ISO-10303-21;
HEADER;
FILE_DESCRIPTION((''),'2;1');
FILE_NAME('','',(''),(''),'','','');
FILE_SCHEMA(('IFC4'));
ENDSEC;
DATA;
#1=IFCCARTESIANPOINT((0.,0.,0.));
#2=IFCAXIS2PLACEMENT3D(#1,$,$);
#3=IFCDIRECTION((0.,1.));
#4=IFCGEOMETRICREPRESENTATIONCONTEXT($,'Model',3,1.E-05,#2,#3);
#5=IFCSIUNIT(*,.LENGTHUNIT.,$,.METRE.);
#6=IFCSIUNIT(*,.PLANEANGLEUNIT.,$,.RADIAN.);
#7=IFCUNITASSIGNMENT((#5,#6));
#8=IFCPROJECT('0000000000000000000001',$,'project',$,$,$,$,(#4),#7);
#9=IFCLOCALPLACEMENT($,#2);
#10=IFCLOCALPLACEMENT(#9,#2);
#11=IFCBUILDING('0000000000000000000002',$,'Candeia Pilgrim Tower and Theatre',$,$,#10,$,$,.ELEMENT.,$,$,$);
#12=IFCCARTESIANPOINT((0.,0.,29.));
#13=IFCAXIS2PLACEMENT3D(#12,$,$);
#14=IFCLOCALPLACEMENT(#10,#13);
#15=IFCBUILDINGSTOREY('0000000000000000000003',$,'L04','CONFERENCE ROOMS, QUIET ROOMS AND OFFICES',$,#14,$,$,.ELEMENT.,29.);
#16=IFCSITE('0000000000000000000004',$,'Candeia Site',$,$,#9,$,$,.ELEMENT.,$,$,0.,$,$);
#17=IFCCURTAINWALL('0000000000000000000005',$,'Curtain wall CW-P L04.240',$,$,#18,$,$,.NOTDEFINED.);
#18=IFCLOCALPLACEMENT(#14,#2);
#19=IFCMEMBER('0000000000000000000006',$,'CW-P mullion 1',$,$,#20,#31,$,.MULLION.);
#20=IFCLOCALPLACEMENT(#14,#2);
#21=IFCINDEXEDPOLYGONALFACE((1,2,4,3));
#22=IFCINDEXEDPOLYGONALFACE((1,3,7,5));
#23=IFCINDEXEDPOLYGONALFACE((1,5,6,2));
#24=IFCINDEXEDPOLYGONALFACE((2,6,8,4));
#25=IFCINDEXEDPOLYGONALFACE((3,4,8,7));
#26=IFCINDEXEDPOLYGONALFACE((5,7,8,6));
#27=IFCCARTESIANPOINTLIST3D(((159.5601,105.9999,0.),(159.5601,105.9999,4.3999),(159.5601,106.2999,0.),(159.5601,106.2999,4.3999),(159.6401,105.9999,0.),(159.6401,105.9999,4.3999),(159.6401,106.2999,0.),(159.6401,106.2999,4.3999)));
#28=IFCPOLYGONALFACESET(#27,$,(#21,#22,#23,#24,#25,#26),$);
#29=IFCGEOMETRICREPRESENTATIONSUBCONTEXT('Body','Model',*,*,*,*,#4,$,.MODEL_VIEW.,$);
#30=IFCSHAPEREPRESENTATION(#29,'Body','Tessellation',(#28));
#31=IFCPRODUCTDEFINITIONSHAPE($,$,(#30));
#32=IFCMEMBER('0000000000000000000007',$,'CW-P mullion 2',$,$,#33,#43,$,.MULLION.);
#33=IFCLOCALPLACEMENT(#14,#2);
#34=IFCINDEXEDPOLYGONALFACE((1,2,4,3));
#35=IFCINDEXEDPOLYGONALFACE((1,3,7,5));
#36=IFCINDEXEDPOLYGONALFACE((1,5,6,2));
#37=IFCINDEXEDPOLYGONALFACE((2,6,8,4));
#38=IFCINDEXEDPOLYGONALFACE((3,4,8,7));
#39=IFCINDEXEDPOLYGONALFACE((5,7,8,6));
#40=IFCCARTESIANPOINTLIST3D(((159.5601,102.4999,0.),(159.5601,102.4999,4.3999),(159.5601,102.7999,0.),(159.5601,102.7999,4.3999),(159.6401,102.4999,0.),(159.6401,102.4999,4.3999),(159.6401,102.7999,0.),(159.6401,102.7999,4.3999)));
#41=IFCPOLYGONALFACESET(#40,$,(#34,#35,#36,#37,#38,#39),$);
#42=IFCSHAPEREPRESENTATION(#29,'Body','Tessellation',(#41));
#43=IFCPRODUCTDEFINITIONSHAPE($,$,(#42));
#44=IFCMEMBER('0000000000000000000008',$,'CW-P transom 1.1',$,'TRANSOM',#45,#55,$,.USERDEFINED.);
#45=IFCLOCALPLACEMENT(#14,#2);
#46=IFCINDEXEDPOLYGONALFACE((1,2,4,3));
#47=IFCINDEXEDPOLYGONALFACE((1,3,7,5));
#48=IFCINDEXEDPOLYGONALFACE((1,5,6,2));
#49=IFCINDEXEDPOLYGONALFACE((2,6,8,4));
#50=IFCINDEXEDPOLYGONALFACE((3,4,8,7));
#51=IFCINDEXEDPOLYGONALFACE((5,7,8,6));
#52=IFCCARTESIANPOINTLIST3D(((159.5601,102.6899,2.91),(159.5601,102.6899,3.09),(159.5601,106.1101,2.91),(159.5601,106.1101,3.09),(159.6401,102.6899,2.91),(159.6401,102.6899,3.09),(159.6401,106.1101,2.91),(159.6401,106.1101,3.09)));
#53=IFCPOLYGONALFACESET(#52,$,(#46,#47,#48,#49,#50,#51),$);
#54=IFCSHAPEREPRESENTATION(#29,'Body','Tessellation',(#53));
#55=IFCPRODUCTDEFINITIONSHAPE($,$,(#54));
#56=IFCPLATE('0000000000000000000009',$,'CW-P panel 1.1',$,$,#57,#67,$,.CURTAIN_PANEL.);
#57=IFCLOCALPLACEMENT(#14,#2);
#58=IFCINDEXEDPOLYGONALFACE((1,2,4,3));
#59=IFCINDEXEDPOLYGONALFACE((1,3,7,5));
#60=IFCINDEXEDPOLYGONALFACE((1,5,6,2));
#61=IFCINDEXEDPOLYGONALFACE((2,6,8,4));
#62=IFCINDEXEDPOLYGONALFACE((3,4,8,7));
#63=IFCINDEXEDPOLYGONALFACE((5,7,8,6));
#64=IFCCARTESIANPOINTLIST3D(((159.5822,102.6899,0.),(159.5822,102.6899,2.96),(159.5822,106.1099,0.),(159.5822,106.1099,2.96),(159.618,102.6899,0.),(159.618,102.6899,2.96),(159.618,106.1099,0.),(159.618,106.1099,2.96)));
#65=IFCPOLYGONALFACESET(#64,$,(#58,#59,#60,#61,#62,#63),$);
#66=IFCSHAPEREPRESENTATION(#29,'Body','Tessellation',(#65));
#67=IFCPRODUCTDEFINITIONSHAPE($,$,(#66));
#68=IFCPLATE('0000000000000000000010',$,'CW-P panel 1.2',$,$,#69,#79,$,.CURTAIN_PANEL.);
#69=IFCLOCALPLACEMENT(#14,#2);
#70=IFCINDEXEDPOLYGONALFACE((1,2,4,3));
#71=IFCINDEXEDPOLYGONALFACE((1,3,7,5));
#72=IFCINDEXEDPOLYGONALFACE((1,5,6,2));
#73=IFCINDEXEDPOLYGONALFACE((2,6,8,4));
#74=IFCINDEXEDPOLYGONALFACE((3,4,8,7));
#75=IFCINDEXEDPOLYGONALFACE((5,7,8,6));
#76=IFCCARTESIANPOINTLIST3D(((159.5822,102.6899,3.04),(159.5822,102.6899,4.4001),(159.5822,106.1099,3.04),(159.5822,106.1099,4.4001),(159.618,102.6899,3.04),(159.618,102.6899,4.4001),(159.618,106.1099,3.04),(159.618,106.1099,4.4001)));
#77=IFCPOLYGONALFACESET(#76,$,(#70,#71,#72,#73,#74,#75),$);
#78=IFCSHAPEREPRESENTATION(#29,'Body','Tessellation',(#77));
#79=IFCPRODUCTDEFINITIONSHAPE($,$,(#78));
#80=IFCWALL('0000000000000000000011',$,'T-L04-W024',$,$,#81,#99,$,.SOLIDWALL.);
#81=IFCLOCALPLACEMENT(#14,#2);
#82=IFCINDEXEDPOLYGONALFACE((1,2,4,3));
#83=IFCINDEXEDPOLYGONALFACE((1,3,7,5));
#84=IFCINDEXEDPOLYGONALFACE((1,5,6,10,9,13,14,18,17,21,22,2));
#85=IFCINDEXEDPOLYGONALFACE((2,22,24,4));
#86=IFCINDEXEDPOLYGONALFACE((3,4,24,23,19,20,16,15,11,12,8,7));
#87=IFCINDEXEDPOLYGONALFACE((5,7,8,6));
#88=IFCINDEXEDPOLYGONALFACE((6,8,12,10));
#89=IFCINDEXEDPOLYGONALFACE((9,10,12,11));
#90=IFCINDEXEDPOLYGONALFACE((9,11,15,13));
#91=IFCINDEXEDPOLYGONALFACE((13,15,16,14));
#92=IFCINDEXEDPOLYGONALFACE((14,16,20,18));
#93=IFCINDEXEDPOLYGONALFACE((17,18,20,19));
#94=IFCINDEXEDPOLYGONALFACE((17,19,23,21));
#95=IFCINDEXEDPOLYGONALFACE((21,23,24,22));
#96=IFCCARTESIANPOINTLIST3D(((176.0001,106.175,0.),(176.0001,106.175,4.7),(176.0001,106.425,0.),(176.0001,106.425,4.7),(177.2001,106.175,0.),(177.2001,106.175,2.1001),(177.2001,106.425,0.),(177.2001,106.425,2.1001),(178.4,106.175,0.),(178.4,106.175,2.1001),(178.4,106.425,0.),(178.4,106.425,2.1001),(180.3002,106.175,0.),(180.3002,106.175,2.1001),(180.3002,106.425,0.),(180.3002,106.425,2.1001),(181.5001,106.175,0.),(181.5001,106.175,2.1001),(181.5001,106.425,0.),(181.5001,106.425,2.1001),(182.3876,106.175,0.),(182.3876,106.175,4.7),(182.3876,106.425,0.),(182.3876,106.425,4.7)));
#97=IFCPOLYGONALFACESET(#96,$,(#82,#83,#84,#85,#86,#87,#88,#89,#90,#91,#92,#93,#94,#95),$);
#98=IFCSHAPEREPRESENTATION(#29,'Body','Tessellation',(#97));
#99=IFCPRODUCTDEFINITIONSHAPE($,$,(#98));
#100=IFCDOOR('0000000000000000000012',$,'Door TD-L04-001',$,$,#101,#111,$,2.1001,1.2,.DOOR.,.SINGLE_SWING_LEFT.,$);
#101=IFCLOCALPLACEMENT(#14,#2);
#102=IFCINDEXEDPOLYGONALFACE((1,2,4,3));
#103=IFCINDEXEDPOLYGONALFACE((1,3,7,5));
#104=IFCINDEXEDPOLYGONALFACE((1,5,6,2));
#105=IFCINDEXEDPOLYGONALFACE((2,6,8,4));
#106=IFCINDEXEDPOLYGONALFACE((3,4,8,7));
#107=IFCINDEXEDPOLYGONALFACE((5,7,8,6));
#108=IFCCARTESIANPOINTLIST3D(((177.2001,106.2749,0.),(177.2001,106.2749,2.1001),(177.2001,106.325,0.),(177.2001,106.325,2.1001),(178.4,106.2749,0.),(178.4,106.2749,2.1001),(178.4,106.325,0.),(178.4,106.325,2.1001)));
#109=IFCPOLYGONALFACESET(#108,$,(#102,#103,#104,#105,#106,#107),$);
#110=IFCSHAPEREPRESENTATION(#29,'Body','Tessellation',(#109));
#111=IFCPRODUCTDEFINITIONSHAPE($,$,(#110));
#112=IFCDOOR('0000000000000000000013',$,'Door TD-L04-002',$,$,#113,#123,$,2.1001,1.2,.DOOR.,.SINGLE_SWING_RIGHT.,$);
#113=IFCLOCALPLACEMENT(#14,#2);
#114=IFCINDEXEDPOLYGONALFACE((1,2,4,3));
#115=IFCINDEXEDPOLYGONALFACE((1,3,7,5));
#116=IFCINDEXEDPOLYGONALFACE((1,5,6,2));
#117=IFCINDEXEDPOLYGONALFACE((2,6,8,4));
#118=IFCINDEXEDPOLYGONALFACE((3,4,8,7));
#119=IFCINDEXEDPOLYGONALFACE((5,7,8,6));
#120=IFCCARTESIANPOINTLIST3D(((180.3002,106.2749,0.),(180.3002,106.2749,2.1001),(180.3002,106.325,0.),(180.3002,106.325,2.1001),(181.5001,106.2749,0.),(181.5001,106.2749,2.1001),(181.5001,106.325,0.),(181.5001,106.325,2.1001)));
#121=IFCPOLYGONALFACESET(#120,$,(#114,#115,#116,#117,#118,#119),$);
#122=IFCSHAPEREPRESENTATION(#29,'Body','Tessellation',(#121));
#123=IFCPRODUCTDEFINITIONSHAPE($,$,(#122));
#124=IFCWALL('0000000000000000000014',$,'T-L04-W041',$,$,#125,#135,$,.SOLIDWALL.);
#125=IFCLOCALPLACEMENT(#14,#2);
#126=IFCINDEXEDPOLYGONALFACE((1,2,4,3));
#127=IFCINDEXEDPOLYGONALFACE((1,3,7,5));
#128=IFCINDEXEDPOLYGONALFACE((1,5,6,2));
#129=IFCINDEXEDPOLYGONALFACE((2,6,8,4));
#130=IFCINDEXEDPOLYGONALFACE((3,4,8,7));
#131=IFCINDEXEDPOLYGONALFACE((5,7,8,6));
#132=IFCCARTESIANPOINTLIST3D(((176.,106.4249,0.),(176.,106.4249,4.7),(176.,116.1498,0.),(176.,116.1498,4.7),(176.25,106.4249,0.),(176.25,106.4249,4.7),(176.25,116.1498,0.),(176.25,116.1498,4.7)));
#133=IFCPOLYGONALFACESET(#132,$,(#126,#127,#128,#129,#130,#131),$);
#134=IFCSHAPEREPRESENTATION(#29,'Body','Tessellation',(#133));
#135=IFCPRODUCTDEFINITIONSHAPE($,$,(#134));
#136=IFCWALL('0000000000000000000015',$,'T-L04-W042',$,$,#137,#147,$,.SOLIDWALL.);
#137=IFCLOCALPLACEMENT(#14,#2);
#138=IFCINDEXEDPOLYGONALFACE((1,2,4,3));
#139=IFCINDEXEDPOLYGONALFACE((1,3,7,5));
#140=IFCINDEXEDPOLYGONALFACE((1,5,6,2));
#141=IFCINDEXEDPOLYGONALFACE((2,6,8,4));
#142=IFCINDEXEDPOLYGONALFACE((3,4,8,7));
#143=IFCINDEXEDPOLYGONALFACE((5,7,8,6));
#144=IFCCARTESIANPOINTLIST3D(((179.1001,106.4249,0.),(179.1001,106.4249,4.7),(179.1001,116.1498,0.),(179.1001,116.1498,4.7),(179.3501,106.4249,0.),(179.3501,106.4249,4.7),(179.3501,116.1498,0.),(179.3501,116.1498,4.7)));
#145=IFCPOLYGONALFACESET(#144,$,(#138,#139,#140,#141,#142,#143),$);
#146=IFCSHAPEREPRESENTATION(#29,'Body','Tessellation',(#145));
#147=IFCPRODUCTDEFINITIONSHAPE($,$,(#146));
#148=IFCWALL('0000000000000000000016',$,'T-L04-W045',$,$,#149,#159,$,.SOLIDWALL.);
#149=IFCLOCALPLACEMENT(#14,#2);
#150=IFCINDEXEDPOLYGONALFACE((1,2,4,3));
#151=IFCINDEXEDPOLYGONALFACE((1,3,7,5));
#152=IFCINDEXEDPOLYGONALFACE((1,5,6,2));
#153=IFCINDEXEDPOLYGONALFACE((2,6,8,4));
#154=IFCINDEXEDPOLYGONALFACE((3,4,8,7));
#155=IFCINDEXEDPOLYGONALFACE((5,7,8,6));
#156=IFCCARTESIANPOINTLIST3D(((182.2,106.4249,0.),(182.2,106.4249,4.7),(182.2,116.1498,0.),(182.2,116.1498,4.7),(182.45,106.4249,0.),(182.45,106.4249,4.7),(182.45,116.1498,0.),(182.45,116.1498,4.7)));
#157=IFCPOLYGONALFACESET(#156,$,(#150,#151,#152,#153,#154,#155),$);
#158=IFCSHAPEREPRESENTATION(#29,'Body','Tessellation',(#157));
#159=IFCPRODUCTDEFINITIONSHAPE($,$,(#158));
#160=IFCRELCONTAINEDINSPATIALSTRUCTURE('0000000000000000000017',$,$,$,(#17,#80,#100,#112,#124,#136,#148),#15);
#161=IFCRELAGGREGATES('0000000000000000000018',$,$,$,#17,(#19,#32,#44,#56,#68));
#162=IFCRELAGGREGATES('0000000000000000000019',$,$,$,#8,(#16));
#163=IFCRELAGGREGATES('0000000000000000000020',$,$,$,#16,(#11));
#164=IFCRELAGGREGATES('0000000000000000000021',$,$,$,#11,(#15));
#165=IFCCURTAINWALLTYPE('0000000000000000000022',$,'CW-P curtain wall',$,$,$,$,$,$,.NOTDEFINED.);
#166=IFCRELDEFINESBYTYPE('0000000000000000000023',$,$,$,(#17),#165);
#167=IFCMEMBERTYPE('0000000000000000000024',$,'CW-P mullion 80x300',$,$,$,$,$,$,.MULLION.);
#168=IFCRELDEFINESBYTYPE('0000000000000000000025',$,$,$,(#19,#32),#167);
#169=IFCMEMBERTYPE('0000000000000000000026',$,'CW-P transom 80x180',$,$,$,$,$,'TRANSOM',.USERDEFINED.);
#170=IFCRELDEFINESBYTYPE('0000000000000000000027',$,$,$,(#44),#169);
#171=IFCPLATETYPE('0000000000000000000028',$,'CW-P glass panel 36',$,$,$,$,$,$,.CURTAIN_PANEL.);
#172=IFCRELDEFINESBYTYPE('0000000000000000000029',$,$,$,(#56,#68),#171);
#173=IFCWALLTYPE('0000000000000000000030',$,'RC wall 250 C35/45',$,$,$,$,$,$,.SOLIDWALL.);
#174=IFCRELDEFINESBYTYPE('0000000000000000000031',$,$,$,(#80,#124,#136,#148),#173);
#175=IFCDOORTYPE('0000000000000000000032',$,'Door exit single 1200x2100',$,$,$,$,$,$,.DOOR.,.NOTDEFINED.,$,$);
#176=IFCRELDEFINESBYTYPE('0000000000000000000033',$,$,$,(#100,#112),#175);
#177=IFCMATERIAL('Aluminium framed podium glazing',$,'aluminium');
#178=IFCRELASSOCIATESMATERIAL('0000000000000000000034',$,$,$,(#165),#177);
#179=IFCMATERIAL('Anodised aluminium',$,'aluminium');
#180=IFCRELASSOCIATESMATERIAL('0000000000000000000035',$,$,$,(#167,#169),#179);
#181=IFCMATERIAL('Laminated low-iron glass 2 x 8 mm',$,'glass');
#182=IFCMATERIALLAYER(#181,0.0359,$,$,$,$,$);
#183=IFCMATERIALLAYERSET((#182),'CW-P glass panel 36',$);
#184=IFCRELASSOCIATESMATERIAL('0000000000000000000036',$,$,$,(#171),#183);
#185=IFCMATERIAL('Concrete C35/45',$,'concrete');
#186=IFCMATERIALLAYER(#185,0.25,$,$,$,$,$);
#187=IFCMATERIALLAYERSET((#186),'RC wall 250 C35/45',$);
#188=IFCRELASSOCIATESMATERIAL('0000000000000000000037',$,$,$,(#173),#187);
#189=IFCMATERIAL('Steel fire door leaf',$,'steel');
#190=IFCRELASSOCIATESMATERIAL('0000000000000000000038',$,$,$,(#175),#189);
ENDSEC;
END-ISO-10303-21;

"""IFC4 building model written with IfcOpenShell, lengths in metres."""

from ifc_helpers import new_model, si_unit, direction, frame, frame_2d, origin, origin_2d, place, context, subcontext, project, spatial, rectangle, extrude, material, layer, layer_set, material_profile, profile_set, type_object, element, fill, aggregate, save


model = new_model("IFC4")

# Units and contexts
model_context = context("Model", 3, precision=1e-05, world=origin(), true_north=direction((0.0, 1.0)))
body_context = subcontext(model_context, "Body", "Model", "MODEL_VIEW")
ifc_project = project(units=[si_unit("LENGTHUNIT", "METRE"), si_unit("PLANEANGLEUNIT", "RADIAN")], contexts=[model_context])

# Site, building, storey
site_placement = place(None, origin())
site = spatial("IfcSite", under=ifc_project, at=site_placement, Name="Candeia Site", CompositionType="ELEMENT", RefElevation=0.0)
building_placement = place(site_placement, origin())
building = spatial("IfcBuilding", under=site, at=building_placement, Name="Candeia Pilgrim Tower and Theatre", CompositionType="ELEMENT")
storey_placement = place(building_placement, frame((0.0, 0.0, 29.0)))
storey = spatial("IfcBuildingStorey", under=building, at=storey_placement, Name="L04", Description="CONFERENCE ROOMS, QUIET ROOMS AND OFFICES", CompositionType="ELEMENT", Elevation=29.0)

# Curtain wall, members, plates
ifc_material_1 = material(Name="Aluminium framed podium glazing", Category="aluminium")
curtain_wall_type = type_object("IfcCurtainWallType", Name="CW-P curtain wall", PredefinedType="NOTDEFINED", material=ifc_material_1)
curtain_wall_placement = place(storey_placement, origin())
curtain_wall = element("IfcCurtainWall", 1, at=curtain_wall_placement, inside=storey, type_object=curtain_wall_type, Name="Curtain wall CW-P L04.240", PredefinedType="NOTDEFINED")
ifc_material_2 = material(Name="Anodised aluminium", Category="aluminium")
ifc_material_profile_1 = material_profile(ifc_material_2, rectangle(XDim=0.0801, YDim=0.3, at=origin_2d()))
ifc_profile_set_1 = profile_set([ifc_material_profile_1], Name="Anodised aluminium")
member_type_1 = type_object("IfcMemberType", Name="CW-P mullion 80x300", PredefinedType="MULLION", material=ifc_profile_set_1)
member_1_placement = place(storey_placement, frame((159.6001, 106.1499, 0.0), z_axis=(0.0, 0.0, 1.0), x_axis=(1.0, 0.0, 0.0)))
member_1 = element("IfcMember", 2, at=member_1_placement, type_object=member_type_1, Name="CW-P mullion 1", PredefinedType="MULLION", context=body_context, shape_type="SweptSolid", body=[
    extrude(rectangle(XDim=0.0801, YDim=0.3, at=origin_2d()), origin(), (0.0, 0.0, 1.0), 4.3999),
])
member_2_placement = place(storey_placement, frame((159.6001, 102.6499, 0.0), z_axis=(0.0, 0.0, 1.0), x_axis=(1.0, 0.0, 0.0)))
member_2 = element("IfcMember", 3, at=member_2_placement, type_object=member_type_1, Name="CW-P mullion 2", PredefinedType="MULLION", context=body_context, shape_type="SweptSolid", body=[
    extrude(rectangle(XDim=0.0801, YDim=0.3, at=origin_2d()), origin(), (0.0, 0.0, 1.0), 4.3999),
])
ifc_material_profile_2 = material_profile(ifc_material_2, rectangle(XDim=0.0801, YDim=0.1799, at=origin_2d()))
ifc_profile_set_2 = profile_set([ifc_material_profile_2], Name="Anodised aluminium")
member_type_2 = type_object("IfcMemberType", Name="CW-P transom 80x180", ElementType="TRANSOM", PredefinedType="USERDEFINED", material=ifc_profile_set_2)
member_3_placement = place(storey_placement, frame((159.6001, 106.1101, 3.0), z_axis=(0.0, -1.0, 0.0), x_axis=(1.0, 0.0, 0.0)))
member_3 = element("IfcMember", 4, at=member_3_placement, type_object=member_type_2, Name="CW-P transom 1.1", ObjectType="TRANSOM", PredefinedType="USERDEFINED", context=body_context, shape_type="SweptSolid", body=[
    extrude(rectangle(XDim=0.0801, YDim=0.1799, at=origin_2d()), origin(), (0.0, 0.0, 1.0), 3.4202),
])
ifc_material_3 = material(Name="Laminated low-iron glass 2 x 8 mm", Category="glass")
ifc_layer_1 = layer(ifc_material_3, 0.0359)
ifc_layer_set_1 = layer_set([ifc_layer_1], Name="CW-P glass panel 36")
plate_type = type_object("IfcPlateType", Name="CW-P glass panel 36", PredefinedType="CURTAIN_PANEL", material=ifc_layer_set_1)
plate_1_placement = place(storey_placement, frame((159.6001, 104.3999, 0.0), z_axis=(0.0, 0.0, 1.0), x_axis=(0.0, -1.0, 0.0)))
plate_1 = element("IfcPlate", 5, at=plate_1_placement, type_object=plate_type, Name="CW-P panel 1.1", PredefinedType="CURTAIN_PANEL", context=body_context, shape_type="SweptSolid", body=[
    extrude(rectangle(XDim=3.4199, YDim=0.0359, at=origin_2d()), origin(), (0.0, 0.0, 1.0), 2.96),
])
plate_2_placement = place(storey_placement, frame((159.6001, 104.3999, 3.04), z_axis=(0.0, 0.0, 1.0), x_axis=(0.0, -1.0, 0.0)))
plate_2 = element("IfcPlate", 6, at=plate_2_placement, type_object=plate_type, Name="CW-P panel 1.2", PredefinedType="CURTAIN_PANEL", context=body_context, shape_type="SweptSolid", body=[
    extrude(rectangle(XDim=3.4199, YDim=0.0359, at=origin_2d()), origin(), (0.0, 0.0, 1.0), 1.3601),
])
aggregate(curtain_wall, [member_1, member_2, member_3, plate_1, plate_2])

# Wall, openings, doors
ifc_material_4 = material(Name="Concrete C35/45", Category="concrete")
ifc_layer_2 = layer(ifc_material_4, 0.25)
ifc_layer_set_2 = layer_set([ifc_layer_2], Name="RC wall 250 C35/45")
wall_type = type_object("IfcWallType", Name="RC wall 250 C35/45", PredefinedType="SOLIDWALL", material=ifc_layer_set_2)
wall_placement = place(storey_placement, frame((176.0, 106.3, 0.0), z_axis=(0.0, 0.0, 1.0), x_axis=(1.0, 0.0, 0.0)))
wall = element("IfcWall", 7, at=wall_placement, inside=storey, type_object=wall_type, Name="T-L04-W024", PredefinedType="SOLIDWALL", context=body_context, shape_type="SweptSolid", body=[
    extrude(rectangle(XDim=6.3875, YDim=0.25, at=frame_2d((3.1938, 0.0))), origin(), (0.0, 0.0, 1.0), 4.7),
])
opening_1_placement = place(wall_placement, frame((1.2, 0.0, 0.0)))
opening_1 = element("IfcOpeningElement", 8, at=opening_1_placement, cuts=wall, PredefinedType="OPENING", context=body_context, shape_type="SweptSolid", body=[
    extrude(rectangle(XDim=1.2, YDim=2.1001, at=frame_2d((0.6001, 1.05))), frame((0.0, 0.135, 0.0), z_axis=(0.0, -1.0, 0.0), x_axis=(1.0, 0.0, 0.0)), (0.0, 0.0, 1.0), 0.27),
])
opening_2_placement = place(wall_placement, frame((4.3, 0.0, 0.0)))
opening_2 = element("IfcOpeningElement", 9, at=opening_2_placement, cuts=wall, PredefinedType="OPENING", context=body_context, shape_type="SweptSolid", body=[
    extrude(rectangle(XDim=1.2, YDim=2.1001, at=frame_2d((0.6001, 1.05))), frame((0.0, 0.135, 0.0), z_axis=(0.0, -1.0, 0.0), x_axis=(1.0, 0.0, 0.0)), (0.0, 0.0, 1.0), 0.27),
])
ifc_material_5 = material(Name="Steel fire door leaf", Category="steel")
door_type = type_object("IfcDoorType", Name="Door exit single 1200x2100", OperationType="NOTDEFINED", PredefinedType="DOOR", material=ifc_material_5)
door_1_placement = place(opening_1_placement, origin())
door_1 = element("IfcDoor", 10, at=door_1_placement, inside=storey, type_object=door_type, Name="Door TD-L04-001", OperationType="SINGLE_SWING_LEFT", OverallHeight=2.1001, OverallWidth=1.2, PredefinedType="DOOR", context=body_context, shape_type="SweptSolid", body=[
    extrude(rectangle(XDim=1.2, YDim=2.1001, at=frame_2d((0.6001, 1.05))), frame((0.0, 0.0249, 0.0), z_axis=(0.0, -1.0, 0.0), x_axis=(1.0, 0.0, 0.0)), (0.0, 0.0, 1.0), 0.05),
])
fill(opening_1, door_1)
door_2_placement = place(opening_2_placement, origin())
door_2 = element("IfcDoor", 11, at=door_2_placement, inside=storey, type_object=door_type, Name="Door TD-L04-002", OperationType="SINGLE_SWING_RIGHT", OverallHeight=2.1001, OverallWidth=1.2, PredefinedType="DOOR", context=body_context, shape_type="SweptSolid", body=[
    extrude(rectangle(XDim=1.2, YDim=2.1001, at=frame_2d((0.6001, 1.05))), frame((0.0, 0.0249, 0.0), z_axis=(0.0, -1.0, 0.0), x_axis=(1.0, 0.0, 0.0)), (0.0, 0.0, 1.0), 0.05),
])
fill(opening_2, door_2)

# Walls
for number, where, z_axis, x_axis, name in (
    (12, (176.125, 106.425, 0.0), (0.0, 0.0, 1.0), (0.0, 1.0, 0.0), "T-L04-W041"),
    (13, (179.2251, 106.425, 0.0), (0.0, 0.0, 1.0), (0.0, 1.0, 0.0), "T-L04-W042"),
    (14, (182.325, 106.425, 0.0), (0.0, 0.0, 1.0), (0.0, 1.0, 0.0), "T-L04-W045"),
):
    element("IfcWall", number, at=place(storey_placement, frame(where, z_axis=z_axis, x_axis=x_axis)), inside=storey, type_object=wall_type, Name=name, PredefinedType="SOLIDWALL", context=body_context, shape_type="SweptSolid", body=[
        extrude(rectangle(XDim=9.7249, YDim=0.25, at=frame_2d((4.8623, 0.0))), origin(), (0.0, 0.0, 1.0), 4.7),
    ])

save(model, "model.ifc")
